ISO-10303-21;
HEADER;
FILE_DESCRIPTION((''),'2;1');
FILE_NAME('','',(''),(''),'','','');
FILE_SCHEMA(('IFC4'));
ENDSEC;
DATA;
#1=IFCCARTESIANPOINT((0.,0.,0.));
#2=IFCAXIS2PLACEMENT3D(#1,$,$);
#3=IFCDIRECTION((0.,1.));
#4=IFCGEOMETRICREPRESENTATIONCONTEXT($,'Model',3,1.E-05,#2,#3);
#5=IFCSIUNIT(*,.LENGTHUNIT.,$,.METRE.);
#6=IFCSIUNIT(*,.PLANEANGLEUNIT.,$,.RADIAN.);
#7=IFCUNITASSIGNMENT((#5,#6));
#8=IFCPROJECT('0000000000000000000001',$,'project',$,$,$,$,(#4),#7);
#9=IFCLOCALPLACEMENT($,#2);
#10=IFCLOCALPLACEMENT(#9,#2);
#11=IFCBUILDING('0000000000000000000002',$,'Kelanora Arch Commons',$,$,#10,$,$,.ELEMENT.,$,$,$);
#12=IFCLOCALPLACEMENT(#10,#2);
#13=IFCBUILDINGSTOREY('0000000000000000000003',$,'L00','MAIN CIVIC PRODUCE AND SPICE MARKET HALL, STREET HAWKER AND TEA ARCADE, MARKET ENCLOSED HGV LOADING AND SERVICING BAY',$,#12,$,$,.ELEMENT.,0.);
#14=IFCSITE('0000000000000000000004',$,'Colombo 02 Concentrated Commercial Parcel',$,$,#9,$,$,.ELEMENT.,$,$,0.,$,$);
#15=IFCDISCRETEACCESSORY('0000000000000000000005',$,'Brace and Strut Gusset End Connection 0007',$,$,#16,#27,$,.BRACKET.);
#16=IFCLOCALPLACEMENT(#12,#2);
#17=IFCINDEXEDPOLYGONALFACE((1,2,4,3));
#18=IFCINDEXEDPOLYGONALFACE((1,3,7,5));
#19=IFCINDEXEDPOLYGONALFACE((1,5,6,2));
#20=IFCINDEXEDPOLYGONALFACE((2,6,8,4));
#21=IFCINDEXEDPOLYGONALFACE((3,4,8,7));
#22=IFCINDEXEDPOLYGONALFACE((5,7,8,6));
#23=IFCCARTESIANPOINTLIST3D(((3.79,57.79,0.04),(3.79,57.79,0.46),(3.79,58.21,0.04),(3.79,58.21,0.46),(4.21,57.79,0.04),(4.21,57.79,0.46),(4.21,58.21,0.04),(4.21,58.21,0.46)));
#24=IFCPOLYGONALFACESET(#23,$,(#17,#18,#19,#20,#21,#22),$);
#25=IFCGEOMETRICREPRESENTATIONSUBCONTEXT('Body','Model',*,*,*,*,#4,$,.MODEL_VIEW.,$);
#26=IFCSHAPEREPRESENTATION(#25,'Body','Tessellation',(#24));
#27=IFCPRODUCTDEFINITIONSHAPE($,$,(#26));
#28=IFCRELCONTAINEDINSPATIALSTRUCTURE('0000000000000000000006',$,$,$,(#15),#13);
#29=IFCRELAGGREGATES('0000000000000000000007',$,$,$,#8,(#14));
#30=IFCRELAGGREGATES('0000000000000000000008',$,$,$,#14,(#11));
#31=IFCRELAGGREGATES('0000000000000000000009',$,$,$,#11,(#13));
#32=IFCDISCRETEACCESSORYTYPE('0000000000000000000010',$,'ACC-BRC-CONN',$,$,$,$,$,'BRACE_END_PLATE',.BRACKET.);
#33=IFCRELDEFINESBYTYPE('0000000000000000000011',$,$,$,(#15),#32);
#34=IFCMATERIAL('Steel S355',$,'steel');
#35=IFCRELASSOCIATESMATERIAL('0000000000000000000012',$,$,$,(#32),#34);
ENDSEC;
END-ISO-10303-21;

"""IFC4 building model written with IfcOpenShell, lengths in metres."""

from ifc_helpers import new_model, si_unit, direction, frame, origin, origin_2d, place, context, subcontext, project, spatial, rectangle, extrude, source, transform, mapped, material, type_object, element, save


model = new_model("IFC4")

# Units and contexts
model_context = context("Model", 3, precision=1e-05, world=origin(), true_north=direction((0.0, 1.0)))
body_context = subcontext(model_context, "Body", "Model", "MODEL_VIEW")
ifc_project = project(units=[si_unit("LENGTHUNIT", "METRE"), si_unit("PLANEANGLEUNIT", "RADIAN")], contexts=[model_context])

# Site, building, storey
site_placement = place(None, origin())
site = spatial("IfcSite", under=ifc_project, at=site_placement, Name="Colombo 02 Concentrated Commercial Parcel", CompositionType="ELEMENT", RefElevation=0.0)
building_placement = place(site_placement, origin())
building = spatial("IfcBuilding", under=site, at=building_placement, Name="Kelanora Arch Commons", CompositionType="ELEMENT")
storey_placement = place(building_placement, origin())
storey = spatial("IfcBuildingStorey", under=building, at=storey_placement, Name="L00", Description="MAIN CIVIC PRODUCE AND SPICE MARKET HALL, STREET HAWKER AND TEA ARCADE, MARKET ENCLOSED HGV LOADING AND SERVICING BAY", CompositionType="ELEMENT", Elevation=0.0)

# Shared definitions
ifc_material_1 = material(Name="Steel S355", Category="steel")

# Discrete accessory
discrete_accessory_type = type_object("IfcDiscreteAccessoryType", Name="ACC-BRC-CONN", ElementType="BRACE_END_PLATE", PredefinedType="BRACKET", material=ifc_material_1)
shared_shape_1 = source(origin(), body_context, "Body", "SweptSolid", [
    extrude(rectangle(XDim=0.4199, YDim=0.4199, at=origin_2d()), origin(), (0.0, 0.0, 1.0), 0.4199),
])
discrete_accessory_placement = place(storey_placement, frame((4.0, 58.0, 0.04), z_axis=(0.0, 0.0, 1.0), x_axis=(0.0, 1.0, 0.0)))
element("IfcDiscreteAccessory", 1, at=discrete_accessory_placement, inside=storey, type_object=discrete_accessory_type, Name="Brace and Strut Gusset End Connection 0007", PredefinedType="BRACKET", context=body_context, shape_type="MappedRepresentation", body=[
    mapped(shared_shape_1, transform((0.0, 0.0, 0.0), scale=1.0)),
])

save(model, "model.ifc")
